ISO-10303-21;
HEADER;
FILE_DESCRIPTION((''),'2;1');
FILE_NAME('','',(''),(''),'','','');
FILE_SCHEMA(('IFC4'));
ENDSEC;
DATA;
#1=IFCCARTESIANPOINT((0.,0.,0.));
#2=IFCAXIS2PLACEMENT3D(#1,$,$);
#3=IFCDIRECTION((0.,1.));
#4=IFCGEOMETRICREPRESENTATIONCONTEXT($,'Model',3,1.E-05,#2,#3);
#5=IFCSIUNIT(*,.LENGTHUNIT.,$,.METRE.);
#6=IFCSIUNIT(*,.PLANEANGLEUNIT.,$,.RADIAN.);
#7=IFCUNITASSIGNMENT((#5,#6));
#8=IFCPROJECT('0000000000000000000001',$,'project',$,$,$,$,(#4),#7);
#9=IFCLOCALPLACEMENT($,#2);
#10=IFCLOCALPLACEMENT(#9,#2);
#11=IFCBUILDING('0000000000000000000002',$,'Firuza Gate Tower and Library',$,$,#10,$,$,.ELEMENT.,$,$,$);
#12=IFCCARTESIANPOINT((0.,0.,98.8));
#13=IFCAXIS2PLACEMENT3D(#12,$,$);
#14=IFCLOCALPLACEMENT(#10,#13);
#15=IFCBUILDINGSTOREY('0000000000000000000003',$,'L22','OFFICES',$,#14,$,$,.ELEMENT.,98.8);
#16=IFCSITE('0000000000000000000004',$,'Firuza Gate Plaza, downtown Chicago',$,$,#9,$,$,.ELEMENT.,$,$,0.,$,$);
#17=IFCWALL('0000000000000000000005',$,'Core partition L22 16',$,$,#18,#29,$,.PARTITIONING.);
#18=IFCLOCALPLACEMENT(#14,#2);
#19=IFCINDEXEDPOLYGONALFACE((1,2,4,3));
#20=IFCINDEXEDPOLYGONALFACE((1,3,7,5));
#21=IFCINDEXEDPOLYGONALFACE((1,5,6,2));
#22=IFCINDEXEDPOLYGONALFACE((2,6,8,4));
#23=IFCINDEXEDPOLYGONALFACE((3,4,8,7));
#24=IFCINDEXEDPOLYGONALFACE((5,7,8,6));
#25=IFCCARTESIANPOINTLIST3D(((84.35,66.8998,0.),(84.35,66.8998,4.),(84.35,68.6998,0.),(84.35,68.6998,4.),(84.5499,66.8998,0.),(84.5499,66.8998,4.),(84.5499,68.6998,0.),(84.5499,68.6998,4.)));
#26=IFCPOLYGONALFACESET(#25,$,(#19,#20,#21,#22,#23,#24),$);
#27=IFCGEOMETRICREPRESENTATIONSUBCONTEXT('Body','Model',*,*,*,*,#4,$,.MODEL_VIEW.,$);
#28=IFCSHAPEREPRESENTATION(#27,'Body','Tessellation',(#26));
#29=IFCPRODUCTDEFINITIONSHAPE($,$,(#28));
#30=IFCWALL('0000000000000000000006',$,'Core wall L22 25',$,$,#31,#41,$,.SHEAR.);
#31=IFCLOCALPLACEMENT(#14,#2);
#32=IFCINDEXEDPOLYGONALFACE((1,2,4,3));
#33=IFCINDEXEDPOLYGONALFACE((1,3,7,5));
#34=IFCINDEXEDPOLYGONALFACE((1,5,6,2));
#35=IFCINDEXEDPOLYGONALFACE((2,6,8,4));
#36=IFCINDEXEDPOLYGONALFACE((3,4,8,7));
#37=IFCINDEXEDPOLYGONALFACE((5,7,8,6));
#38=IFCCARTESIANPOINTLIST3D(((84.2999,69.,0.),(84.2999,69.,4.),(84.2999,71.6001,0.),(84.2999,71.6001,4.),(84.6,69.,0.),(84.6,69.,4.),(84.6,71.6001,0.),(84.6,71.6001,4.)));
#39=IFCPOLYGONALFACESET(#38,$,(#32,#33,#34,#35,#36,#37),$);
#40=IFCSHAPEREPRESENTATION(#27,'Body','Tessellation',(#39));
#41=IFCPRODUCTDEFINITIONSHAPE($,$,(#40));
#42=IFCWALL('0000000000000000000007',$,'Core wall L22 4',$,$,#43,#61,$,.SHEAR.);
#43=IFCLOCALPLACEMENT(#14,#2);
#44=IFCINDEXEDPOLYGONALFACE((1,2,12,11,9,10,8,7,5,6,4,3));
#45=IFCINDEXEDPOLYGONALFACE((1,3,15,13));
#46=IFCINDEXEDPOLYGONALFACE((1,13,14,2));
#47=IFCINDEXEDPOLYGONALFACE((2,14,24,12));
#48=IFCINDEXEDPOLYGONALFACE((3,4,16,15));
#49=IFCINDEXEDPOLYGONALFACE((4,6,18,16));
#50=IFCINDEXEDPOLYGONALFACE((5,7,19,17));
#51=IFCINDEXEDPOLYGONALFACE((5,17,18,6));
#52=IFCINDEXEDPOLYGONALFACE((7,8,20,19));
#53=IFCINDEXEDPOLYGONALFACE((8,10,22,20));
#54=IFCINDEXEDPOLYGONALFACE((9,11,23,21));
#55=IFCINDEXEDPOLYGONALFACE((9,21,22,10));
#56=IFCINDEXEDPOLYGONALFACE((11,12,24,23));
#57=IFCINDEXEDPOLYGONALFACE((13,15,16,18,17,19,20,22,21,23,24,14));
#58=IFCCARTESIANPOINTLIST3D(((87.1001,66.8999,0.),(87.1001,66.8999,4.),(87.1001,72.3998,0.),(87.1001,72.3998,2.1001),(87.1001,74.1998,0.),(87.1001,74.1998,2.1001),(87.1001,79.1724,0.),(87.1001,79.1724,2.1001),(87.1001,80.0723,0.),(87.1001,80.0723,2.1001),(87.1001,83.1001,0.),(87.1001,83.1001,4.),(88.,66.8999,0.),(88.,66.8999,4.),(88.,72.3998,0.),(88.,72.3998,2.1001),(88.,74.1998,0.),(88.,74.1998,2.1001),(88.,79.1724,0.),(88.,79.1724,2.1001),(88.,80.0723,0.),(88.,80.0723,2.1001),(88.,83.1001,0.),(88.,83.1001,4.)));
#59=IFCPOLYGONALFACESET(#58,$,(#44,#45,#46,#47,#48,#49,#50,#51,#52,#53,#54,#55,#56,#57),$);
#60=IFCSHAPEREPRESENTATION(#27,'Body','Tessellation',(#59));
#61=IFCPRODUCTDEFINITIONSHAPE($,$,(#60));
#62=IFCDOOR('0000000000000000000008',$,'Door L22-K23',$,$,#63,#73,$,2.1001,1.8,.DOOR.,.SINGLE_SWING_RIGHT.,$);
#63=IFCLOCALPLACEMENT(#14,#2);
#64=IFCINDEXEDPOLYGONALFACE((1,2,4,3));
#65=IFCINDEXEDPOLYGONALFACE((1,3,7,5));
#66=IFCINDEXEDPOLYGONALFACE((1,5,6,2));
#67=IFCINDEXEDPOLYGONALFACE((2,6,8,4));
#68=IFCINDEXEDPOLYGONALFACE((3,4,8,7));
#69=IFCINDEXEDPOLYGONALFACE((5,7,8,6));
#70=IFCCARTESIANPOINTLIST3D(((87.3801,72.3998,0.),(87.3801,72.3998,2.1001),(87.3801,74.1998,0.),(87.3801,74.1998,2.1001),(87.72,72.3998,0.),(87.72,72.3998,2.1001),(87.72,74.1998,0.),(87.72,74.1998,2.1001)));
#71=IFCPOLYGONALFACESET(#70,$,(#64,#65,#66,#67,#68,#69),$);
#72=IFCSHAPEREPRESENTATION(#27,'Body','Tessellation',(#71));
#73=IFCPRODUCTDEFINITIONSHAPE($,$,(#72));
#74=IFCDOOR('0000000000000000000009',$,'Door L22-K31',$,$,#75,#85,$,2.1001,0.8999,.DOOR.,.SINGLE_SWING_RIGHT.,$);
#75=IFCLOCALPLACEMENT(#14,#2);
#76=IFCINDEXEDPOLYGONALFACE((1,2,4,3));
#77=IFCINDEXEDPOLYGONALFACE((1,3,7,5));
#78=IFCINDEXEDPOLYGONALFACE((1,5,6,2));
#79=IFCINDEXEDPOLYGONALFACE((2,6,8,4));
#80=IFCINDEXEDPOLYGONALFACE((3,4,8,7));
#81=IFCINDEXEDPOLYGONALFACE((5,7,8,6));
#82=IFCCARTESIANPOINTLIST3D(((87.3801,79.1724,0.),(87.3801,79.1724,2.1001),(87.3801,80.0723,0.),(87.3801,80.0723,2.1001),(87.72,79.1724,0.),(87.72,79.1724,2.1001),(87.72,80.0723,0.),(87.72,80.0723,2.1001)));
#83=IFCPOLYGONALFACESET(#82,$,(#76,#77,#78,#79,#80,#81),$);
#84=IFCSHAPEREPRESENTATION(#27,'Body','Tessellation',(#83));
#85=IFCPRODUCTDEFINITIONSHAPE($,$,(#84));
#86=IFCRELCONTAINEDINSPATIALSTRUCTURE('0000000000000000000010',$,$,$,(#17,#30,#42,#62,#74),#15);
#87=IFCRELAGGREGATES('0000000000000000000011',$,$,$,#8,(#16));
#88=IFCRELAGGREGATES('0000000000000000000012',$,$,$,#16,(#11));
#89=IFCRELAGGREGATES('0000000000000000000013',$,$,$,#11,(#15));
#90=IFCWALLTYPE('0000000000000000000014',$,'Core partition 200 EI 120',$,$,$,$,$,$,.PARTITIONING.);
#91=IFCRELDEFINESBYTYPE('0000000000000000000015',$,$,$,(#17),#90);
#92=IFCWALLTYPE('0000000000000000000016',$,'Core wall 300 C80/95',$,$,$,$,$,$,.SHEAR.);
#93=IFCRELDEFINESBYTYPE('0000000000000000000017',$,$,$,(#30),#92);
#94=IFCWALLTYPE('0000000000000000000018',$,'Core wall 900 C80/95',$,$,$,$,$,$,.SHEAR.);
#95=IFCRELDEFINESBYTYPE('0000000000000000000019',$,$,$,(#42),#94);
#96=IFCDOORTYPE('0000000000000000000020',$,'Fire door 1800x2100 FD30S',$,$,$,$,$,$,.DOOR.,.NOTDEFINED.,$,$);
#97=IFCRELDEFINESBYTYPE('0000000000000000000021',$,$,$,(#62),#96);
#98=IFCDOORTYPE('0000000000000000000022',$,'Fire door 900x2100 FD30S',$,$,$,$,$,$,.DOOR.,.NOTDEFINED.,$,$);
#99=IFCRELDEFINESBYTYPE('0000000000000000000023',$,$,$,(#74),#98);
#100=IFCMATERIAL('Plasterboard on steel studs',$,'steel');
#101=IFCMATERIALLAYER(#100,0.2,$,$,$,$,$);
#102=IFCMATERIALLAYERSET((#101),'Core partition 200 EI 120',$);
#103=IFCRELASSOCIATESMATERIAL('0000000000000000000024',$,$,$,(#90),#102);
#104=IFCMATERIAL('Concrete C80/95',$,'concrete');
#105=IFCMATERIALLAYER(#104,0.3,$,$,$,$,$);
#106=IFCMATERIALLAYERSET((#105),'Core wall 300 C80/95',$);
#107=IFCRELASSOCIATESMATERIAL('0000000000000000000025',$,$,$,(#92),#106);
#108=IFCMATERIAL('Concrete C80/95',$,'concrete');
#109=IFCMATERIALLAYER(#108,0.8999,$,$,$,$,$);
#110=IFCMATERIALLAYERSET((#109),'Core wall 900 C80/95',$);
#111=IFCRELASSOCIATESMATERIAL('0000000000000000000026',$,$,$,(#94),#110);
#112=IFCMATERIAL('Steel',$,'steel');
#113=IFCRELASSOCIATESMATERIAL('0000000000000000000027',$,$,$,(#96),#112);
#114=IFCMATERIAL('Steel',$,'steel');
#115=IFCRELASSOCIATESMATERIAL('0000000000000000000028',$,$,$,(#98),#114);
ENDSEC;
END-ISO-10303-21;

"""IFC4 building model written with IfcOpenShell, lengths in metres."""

from ifc_helpers import new_model, si_unit, direction, frame, frame_2d, origin, place, context, subcontext, project, spatial, rectangle, extrude, material, layer, layer_set, type_object, element, fill, save


model = new_model("IFC4")

# Units and contexts
model_context = context("Model", 3, precision=1e-05, world=origin(), true_north=direction((0.0, 1.0)))
body_context = subcontext(model_context, "Body", "Model", "MODEL_VIEW")
ifc_project = project(units=[si_unit("LENGTHUNIT", "METRE"), si_unit("PLANEANGLEUNIT", "RADIAN")], contexts=[model_context])

# Site, building, storey
site_placement = place(None, origin())
site = spatial("IfcSite", under=ifc_project, at=site_placement, Name="Firuza Gate Plaza, downtown Chicago", CompositionType="ELEMENT", RefElevation=0.0)
building_placement = place(site_placement, origin())
building = spatial("IfcBuilding", under=site, at=building_placement, Name="Firuza Gate Tower and Library", CompositionType="ELEMENT")
storey_placement = place(building_placement, frame((0.0, 0.0, 98.8)))
storey = spatial("IfcBuildingStorey", under=building, at=storey_placement, Name="L22", Description="OFFICES", CompositionType="ELEMENT", Elevation=98.8)

# Walls
ifc_material_1 = material(Name="Plasterboard on steel studs", Category="steel")
ifc_layer_1 = layer(ifc_material_1, 0.2)
ifc_layer_set_1 = layer_set([ifc_layer_1], Name="Core partition 200 EI 120")
wall_type_1 = type_object("IfcWallType", Name="Core partition 200 EI 120", PredefinedType="PARTITIONING", material=ifc_layer_set_1)
wall_1_placement = place(storey_placement, frame((84.45, 66.8999, 0.0), z_axis=(0.0, 0.0, 1.0), x_axis=(0.0, 1.0, 0.0)))
element("IfcWall", 1, at=wall_1_placement, inside=storey, type_object=wall_type_1, Name="Core partition L22 16", PredefinedType="PARTITIONING", context=body_context, shape_type="SweptSolid", body=[
    extrude(rectangle(XDim=1.8, YDim=0.2, at=frame_2d((0.8999, 0.0))), origin(), (0.0, 0.0, 1.0), 4.0),
])
ifc_material_2 = material(Name="Concrete C80/95", Category="concrete")
ifc_layer_2 = layer(ifc_material_2, 0.3)
ifc_layer_set_2 = layer_set([ifc_layer_2], Name="Core wall 300 C80/95")
wall_type_2 = type_object("IfcWallType", Name="Core wall 300 C80/95", PredefinedType="SHEAR", material=ifc_layer_set_2)
wall_2_placement = place(storey_placement, frame((84.45, 69.0, 0.0), z_axis=(0.0, 0.0, 1.0), x_axis=(0.0, 1.0, 0.0)))
element("IfcWall", 2, at=wall_2_placement, inside=storey, type_object=wall_type_2, Name="Core wall L22 25", PredefinedType="SHEAR", context=body_context, shape_type="SweptSolid", body=[
    extrude(rectangle(XDim=2.6001, YDim=0.3, at=frame_2d((1.3, 0.0))), origin(), (0.0, 0.0, 1.0), 4.0),
])

# Wall, openings, doors
ifc_material_3 = material(Name="Concrete C80/95", Category="concrete")
ifc_layer_3 = layer(ifc_material_3, 0.8999)
ifc_layer_set_3 = layer_set([ifc_layer_3], Name="Core wall 900 C80/95")
wall_type_3 = type_object("IfcWallType", Name="Core wall 900 C80/95", PredefinedType="SHEAR", material=ifc_layer_set_3)
wall_3_placement = place(storey_placement, frame((87.55, 66.8999, 0.0), z_axis=(0.0, 0.0, 1.0), x_axis=(0.0, 1.0, 0.0)))
wall_3 = element("IfcWall", 3, at=wall_3_placement, inside=storey, type_object=wall_type_3, Name="Core wall L22 4", PredefinedType="SHEAR", context=body_context, shape_type="SweptSolid", body=[
    extrude(rectangle(XDim=16.2002, YDim=0.8999, at=frame_2d((8.1001, 0.0))), origin(), (0.0, 0.0, 1.0), 4.0),
])
opening_1_placement = place(wall_3_placement, frame((5.5, 0.0, 0.0)))
opening_1 = element("IfcOpeningElement", 4, at=opening_1_placement, cuts=wall_3, PredefinedType="OPENING", context=body_context, shape_type="SweptSolid", body=[
    extrude(rectangle(XDim=1.8, YDim=2.1001, at=frame_2d((0.8999, 1.05))), frame((0.0, 0.46, 0.0), z_axis=(0.0, -1.0, 0.0), x_axis=(1.0, 0.0, 0.0)), (0.0, 0.0, 1.0), 0.9199),
])
opening_2_placement = place(wall_3_placement, frame((12.2725, 0.0, 0.0)))
opening_2 = element("IfcOpeningElement", 5, at=opening_2_placement, cuts=wall_3, PredefinedType="OPENING", context=body_context, shape_type="SweptSolid", body=[
    extrude(rectangle(XDim=0.8999, YDim=2.1001, at=frame_2d((0.45, 1.05))), frame((0.0, 0.46, 0.0), z_axis=(0.0, -1.0, 0.0), x_axis=(1.0, 0.0, 0.0)), (0.0, 0.0, 1.0), 0.9199),
])
ifc_material_4 = material(Name="Steel", Category="steel")
door_type_1 = type_object("IfcDoorType", Name="Fire door 1800x2100 FD30S", OperationType="NOTDEFINED", PredefinedType="DOOR", material=ifc_material_4)
door_1_placement = place(opening_1_placement, origin())
door_1 = element("IfcDoor", 6, at=door_1_placement, inside=storey, type_object=door_type_1, Name="Door L22-K23", OperationType="SINGLE_SWING_RIGHT", OverallHeight=2.1001, OverallWidth=1.8, PredefinedType="DOOR", context=body_context, shape_type="SweptSolid", body=[
    extrude(rectangle(XDim=1.8, YDim=2.1001, at=frame_2d((0.8999, 1.05))), frame((0.0, 0.1699, 0.0), z_axis=(0.0, -1.0, 0.0), x_axis=(1.0, 0.0, 0.0)), (0.0, 0.0, 1.0), 0.3398),
])
fill(opening_1, door_1)
ifc_material_5 = material(Name="Steel", Category="steel")
door_type_2 = type_object("IfcDoorType", Name="Fire door 900x2100 FD30S", OperationType="NOTDEFINED", PredefinedType="DOOR", material=ifc_material_5)
door_2_placement = place(opening_2_placement, origin())
door_2 = element("IfcDoor", 7, at=door_2_placement, inside=storey, type_object=door_type_2, Name="Door L22-K31", OperationType="SINGLE_SWING_RIGHT", OverallHeight=2.1001, OverallWidth=0.8999, PredefinedType="DOOR", context=body_context, shape_type="SweptSolid", body=[
    extrude(rectangle(XDim=0.8999, YDim=2.1001, at=frame_2d((0.45, 1.05))), frame((0.0, 0.1699, 0.0), z_axis=(0.0, -1.0, 0.0), x_axis=(1.0, 0.0, 0.0)), (0.0, 0.0, 1.0), 0.3398),
])
fill(opening_2, door_2)

save(model, "model.ifc")
